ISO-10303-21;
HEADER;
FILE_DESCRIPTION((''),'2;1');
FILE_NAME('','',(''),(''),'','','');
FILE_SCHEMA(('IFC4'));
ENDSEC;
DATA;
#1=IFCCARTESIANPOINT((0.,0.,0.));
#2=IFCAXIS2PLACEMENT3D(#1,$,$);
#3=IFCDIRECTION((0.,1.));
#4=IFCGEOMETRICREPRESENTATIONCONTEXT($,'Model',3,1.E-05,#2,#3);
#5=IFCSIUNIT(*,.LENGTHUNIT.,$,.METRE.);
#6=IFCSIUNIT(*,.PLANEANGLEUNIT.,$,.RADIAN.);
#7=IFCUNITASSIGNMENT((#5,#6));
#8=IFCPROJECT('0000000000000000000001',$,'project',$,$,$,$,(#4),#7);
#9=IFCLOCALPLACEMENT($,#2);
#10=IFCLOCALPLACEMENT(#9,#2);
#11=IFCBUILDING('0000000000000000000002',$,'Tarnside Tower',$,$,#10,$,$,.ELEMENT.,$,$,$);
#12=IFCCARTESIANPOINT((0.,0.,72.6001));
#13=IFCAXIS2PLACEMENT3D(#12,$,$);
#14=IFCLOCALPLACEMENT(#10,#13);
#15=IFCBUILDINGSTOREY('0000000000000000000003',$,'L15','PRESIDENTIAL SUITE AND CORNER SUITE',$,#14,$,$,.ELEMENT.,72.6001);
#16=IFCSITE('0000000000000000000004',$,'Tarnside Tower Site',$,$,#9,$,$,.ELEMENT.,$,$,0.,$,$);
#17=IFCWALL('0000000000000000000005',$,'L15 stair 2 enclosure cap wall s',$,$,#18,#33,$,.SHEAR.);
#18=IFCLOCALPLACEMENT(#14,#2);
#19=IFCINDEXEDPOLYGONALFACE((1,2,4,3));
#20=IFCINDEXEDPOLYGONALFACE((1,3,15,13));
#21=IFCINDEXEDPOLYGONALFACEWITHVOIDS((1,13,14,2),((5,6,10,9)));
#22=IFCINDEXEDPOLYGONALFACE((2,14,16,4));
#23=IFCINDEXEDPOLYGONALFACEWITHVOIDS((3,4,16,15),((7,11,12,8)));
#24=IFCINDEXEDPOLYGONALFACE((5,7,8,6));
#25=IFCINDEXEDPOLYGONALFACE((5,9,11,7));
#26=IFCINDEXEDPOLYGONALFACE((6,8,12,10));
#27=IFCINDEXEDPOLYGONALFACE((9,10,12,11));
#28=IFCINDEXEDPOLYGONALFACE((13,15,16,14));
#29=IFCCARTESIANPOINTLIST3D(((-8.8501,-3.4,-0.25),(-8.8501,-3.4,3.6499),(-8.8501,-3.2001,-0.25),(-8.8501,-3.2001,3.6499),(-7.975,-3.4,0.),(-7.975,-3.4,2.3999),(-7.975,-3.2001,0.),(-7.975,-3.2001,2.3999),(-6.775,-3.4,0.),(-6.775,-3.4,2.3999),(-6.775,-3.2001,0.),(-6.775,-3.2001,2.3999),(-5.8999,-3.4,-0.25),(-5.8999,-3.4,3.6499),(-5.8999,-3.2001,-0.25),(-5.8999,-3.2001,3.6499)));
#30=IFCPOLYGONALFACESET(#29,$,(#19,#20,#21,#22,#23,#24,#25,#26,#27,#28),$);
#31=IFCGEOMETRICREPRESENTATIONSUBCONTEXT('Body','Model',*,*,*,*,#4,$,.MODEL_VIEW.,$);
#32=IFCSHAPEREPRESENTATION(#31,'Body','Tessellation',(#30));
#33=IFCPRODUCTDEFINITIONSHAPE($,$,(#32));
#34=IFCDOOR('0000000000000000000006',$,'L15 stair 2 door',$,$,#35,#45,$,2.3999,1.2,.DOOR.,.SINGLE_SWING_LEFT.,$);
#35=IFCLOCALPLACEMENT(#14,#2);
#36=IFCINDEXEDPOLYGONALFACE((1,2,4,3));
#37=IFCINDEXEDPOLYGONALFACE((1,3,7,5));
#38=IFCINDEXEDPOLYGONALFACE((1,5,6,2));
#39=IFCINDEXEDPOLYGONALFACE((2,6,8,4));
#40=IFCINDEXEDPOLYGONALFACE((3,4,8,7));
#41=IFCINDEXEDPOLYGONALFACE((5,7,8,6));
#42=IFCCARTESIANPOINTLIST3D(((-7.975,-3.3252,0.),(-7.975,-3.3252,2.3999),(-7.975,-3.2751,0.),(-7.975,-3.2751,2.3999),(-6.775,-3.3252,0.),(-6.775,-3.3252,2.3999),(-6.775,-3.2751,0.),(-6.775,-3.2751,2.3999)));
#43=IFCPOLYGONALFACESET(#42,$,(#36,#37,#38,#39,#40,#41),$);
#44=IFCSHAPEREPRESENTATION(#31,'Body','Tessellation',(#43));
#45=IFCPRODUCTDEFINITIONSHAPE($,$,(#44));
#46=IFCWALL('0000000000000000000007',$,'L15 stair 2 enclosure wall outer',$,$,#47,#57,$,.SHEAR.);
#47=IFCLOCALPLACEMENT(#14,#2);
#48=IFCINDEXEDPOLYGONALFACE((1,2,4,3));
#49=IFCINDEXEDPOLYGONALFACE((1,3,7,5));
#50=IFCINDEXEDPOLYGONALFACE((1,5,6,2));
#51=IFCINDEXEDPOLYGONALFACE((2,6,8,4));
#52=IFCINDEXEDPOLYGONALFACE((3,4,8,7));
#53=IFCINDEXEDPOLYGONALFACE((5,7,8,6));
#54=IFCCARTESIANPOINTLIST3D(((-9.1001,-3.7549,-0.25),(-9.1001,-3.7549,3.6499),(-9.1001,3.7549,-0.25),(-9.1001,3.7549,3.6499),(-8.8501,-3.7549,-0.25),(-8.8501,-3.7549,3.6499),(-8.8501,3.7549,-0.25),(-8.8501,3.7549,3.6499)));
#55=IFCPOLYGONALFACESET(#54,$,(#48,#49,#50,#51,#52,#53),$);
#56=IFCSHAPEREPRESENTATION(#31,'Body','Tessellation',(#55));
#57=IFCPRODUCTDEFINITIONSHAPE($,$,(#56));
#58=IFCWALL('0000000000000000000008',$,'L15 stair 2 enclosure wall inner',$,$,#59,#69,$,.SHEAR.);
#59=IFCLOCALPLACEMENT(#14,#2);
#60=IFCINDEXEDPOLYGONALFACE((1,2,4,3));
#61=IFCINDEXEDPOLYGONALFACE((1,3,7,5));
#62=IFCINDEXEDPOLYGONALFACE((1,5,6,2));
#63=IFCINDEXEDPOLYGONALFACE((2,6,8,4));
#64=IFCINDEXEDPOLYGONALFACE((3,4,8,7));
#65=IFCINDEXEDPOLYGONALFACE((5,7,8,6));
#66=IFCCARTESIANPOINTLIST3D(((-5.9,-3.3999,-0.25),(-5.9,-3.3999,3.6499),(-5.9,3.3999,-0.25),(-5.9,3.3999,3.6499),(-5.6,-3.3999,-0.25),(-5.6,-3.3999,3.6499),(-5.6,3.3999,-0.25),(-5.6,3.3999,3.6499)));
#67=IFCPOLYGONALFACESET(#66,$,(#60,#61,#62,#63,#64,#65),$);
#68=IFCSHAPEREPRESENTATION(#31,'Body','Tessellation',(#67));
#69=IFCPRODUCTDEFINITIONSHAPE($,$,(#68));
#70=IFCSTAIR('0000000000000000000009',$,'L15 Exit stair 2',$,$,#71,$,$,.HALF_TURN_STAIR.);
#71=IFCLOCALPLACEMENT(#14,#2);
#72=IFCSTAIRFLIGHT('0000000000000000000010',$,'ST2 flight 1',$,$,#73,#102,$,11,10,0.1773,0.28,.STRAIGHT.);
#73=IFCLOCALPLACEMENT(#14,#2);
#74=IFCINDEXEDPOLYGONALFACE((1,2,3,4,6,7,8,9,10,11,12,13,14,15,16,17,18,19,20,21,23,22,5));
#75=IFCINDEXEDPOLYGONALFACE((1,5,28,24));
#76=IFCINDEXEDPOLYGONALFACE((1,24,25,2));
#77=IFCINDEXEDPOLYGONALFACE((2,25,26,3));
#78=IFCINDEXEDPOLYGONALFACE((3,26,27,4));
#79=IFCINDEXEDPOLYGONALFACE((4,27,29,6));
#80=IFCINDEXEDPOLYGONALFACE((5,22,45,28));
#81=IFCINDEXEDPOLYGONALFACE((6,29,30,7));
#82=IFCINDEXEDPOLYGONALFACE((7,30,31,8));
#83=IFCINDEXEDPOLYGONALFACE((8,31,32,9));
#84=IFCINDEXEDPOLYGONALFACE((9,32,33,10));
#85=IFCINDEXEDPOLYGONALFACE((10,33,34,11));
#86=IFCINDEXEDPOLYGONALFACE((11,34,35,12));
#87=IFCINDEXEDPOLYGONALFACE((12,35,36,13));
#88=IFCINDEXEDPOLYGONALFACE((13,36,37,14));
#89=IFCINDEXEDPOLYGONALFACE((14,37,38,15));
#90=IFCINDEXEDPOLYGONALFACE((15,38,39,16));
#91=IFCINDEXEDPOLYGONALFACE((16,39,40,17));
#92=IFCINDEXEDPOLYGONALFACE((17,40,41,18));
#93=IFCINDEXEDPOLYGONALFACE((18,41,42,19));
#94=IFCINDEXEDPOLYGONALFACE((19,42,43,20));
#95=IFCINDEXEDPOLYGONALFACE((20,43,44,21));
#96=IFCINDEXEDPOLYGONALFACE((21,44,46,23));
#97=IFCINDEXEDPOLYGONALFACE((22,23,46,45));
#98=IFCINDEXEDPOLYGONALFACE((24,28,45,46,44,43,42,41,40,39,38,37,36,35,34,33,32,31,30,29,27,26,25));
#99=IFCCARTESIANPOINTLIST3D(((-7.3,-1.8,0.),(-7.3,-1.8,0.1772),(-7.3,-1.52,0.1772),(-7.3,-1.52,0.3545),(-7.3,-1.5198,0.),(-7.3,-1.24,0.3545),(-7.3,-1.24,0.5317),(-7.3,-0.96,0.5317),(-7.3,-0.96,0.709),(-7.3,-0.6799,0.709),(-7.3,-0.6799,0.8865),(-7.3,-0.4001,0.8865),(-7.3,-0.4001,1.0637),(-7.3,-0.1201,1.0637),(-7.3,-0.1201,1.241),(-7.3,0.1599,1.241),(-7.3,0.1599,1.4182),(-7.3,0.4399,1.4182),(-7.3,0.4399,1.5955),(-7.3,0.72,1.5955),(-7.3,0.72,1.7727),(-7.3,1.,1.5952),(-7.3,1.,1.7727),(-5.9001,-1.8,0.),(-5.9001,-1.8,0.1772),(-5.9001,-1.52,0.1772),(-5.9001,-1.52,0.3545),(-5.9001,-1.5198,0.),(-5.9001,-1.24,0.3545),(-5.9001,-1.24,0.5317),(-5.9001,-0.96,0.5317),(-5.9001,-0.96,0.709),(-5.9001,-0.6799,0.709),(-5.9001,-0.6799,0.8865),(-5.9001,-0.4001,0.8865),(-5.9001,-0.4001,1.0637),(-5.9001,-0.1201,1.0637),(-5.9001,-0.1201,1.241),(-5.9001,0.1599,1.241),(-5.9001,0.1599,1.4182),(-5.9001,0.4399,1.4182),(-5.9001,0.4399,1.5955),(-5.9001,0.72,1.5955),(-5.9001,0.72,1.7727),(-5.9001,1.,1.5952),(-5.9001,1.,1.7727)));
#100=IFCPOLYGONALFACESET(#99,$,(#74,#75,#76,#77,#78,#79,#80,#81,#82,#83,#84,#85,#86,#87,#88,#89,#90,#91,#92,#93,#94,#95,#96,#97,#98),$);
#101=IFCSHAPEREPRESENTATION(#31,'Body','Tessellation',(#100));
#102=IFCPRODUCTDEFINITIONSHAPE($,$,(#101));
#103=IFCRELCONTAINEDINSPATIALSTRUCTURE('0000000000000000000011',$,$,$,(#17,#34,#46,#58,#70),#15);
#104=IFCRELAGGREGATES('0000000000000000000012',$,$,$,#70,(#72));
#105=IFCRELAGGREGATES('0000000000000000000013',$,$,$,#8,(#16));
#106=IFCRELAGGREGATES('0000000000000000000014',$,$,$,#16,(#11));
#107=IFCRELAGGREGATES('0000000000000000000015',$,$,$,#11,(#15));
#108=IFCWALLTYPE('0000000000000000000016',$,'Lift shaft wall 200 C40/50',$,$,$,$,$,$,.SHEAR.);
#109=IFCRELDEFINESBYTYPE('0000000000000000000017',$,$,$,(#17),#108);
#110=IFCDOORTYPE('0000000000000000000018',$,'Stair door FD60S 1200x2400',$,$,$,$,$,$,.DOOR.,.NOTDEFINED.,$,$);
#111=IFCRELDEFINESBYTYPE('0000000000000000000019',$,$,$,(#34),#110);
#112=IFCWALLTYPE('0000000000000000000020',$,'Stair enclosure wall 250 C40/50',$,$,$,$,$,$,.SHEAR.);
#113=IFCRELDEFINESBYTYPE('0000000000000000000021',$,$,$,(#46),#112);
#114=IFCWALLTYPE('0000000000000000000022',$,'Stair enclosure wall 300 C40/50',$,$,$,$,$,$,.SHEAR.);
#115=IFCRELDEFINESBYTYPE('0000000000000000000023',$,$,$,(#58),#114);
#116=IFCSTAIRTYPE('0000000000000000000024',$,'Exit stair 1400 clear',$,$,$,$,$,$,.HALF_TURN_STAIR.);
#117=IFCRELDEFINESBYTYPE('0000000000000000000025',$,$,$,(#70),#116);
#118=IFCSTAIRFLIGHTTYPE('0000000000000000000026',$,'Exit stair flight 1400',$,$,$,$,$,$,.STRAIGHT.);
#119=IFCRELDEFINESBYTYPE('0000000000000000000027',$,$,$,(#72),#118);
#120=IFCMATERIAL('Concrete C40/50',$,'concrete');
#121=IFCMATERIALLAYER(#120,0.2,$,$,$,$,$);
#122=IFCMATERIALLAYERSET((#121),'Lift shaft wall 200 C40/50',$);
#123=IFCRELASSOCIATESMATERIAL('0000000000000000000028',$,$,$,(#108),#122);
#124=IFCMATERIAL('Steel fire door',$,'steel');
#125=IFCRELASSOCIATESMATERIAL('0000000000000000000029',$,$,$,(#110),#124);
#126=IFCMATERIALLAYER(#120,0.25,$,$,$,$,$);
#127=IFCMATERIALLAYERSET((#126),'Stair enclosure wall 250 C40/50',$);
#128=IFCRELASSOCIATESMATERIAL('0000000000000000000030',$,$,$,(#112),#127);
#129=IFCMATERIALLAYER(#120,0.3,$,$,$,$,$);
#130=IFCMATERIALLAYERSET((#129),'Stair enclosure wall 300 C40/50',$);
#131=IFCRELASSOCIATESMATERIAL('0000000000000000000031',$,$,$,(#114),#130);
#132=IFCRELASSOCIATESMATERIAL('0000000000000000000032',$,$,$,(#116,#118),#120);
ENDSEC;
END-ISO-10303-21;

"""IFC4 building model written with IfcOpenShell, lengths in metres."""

from ifc_helpers import new_model, si_unit, direction, frame, frame_2d, origin, place, context, subcontext, project, spatial, polyline, rectangle, outline, extrude, material, layer, layer_set, type_object, element, fill, aggregate, save


model = new_model("IFC4")

# Units and contexts
model_context = context("Model", 3, precision=1e-05, world=origin(), true_north=direction((0.0, 1.0)))
body_context = subcontext(model_context, "Body", "Model", "MODEL_VIEW")
ifc_project = project(units=[si_unit("LENGTHUNIT", "METRE"), si_unit("PLANEANGLEUNIT", "RADIAN")], contexts=[model_context])

# Site, building, storey
site_placement = place(None, origin())
site = spatial("IfcSite", under=ifc_project, at=site_placement, Name="Tarnside Tower Site", CompositionType="ELEMENT", RefElevation=0.0)
building_placement = place(site_placement, origin())
building = spatial("IfcBuilding", under=site, at=building_placement, Name="Tarnside Tower", CompositionType="ELEMENT")
storey_placement = place(building_placement, frame((0.0, 0.0, 72.6001)))
storey = spatial("IfcBuildingStorey", under=building, at=storey_placement, Name="L15", Description="PRESIDENTIAL SUITE AND CORNER SUITE", CompositionType="ELEMENT", Elevation=72.6001)

# Shared definitions
ifc_material_1 = material(Name="Steel fire door", Category="steel")

# Shared definitions
ifc_material_2 = material(Name="Concrete C40/50", Category="concrete")
ifc_layer_1 = layer(ifc_material_2, 0.2)
ifc_layer_set_1 = layer_set([ifc_layer_1], Name="Lift shaft wall 200 C40/50")
wall_type_1 = type_object("IfcWallType", Name="Lift shaft wall 200 C40/50", PredefinedType="SHEAR", material=ifc_layer_set_1)

# Wall, opening, door
wall_1_placement = place(storey_placement, frame((-8.8501, -3.3, -0.25), z_axis=(0.0, 0.0, 1.0), x_axis=(1.0, 0.0, 0.0)))
wall_1 = element("IfcWall", 1, at=wall_1_placement, inside=storey, type_object=wall_type_1, Name="L15 stair 2 enclosure cap wall s", PredefinedType="SHEAR", context=body_context, shape_type="SweptSolid", body=[
    extrude(rectangle(XDim=2.9502, YDim=0.2, at=frame_2d((1.4751, 0.0))), origin(), (0.0, 0.0, 1.0), 3.8999),
])
opening_1_placement = place(wall_1_placement, frame((0.875, 0.0, 0.25)))
opening_1 = element("IfcOpeningElement", 2, at=opening_1_placement, cuts=wall_1, PredefinedType="OPENING", context=body_context, shape_type="SweptSolid", body=[
    extrude(rectangle(XDim=1.2, YDim=2.3999, at=frame_2d((0.6001, 1.2))), frame((0.0, 0.1099, 0.0), z_axis=(0.0, -1.0, 0.0), x_axis=(1.0, 0.0, 0.0)), (0.0, 0.0, 1.0), 0.22),
])
door_type_1 = type_object("IfcDoorType", Name="Stair door FD60S 1200x2400", OperationType="NOTDEFINED", PredefinedType="DOOR", material=ifc_material_1)
door_1_placement = place(opening_1_placement, origin())
door_1 = element("IfcDoor", 3, at=door_1_placement, inside=storey, type_object=door_type_1, Name="L15 stair 2 door", OperationType="SINGLE_SWING_LEFT", OverallHeight=2.3999, OverallWidth=1.2, PredefinedType="DOOR", context=body_context, shape_type="SweptSolid", body=[
    extrude(rectangle(XDim=1.2, YDim=2.3999, at=frame_2d((0.6001, 1.2))), frame((0.0, 0.0249, 0.0), z_axis=(0.0, -1.0, 0.0), x_axis=(1.0, 0.0, 0.0)), (0.0, 0.0, 1.0), 0.05),
])
fill(opening_1, door_1)

# Walls
ifc_layer_2 = layer(ifc_material_2, 0.25)
ifc_layer_set_2 = layer_set([ifc_layer_2], Name="Stair enclosure wall 250 C40/50")
wall_type_2 = type_object("IfcWallType", Name="Stair enclosure wall 250 C40/50", PredefinedType="SHEAR", material=ifc_layer_set_2)
wall_2_placement = place(storey_placement, frame((-8.9751, -3.7549, -0.25), z_axis=(0.0, 0.0, 1.0), x_axis=(0.0, 1.0, 0.0)))
element("IfcWall", 4, at=wall_2_placement, inside=storey, type_object=wall_type_2, Name="L15 stair 2 enclosure wall outer", PredefinedType="SHEAR", context=body_context, shape_type="SweptSolid", body=[
    extrude(rectangle(XDim=7.5098, YDim=0.25, at=frame_2d((3.7549, 0.0))), origin(), (0.0, 0.0, 1.0), 3.8999),
])
ifc_layer_3 = layer(ifc_material_2, 0.3)
ifc_layer_set_3 = layer_set([ifc_layer_3], Name="Stair enclosure wall 300 C40/50")
wall_type_3 = type_object("IfcWallType", Name="Stair enclosure wall 300 C40/50", PredefinedType="SHEAR", material=ifc_layer_set_3)
wall_3_placement = place(storey_placement, frame((-5.75, -3.3999, -0.25), z_axis=(0.0, 0.0, 1.0), x_axis=(0.0, 1.0, 0.0)))
element("IfcWall", 5, at=wall_3_placement, inside=storey, type_object=wall_type_3, Name="L15 stair 2 enclosure wall inner", PredefinedType="SHEAR", context=body_context, shape_type="SweptSolid", body=[
    extrude(rectangle(XDim=6.7998, YDim=0.3, at=frame_2d((3.3999, 0.0))), origin(), (0.0, 0.0, 1.0), 3.8999),
])

# Stair, stair flight
stair_type = type_object("IfcStairType", Name="Exit stair 1400 clear", PredefinedType="HALF_TURN_STAIR", material=ifc_material_2)
stair_placement = place(storey_placement, origin())
stair = element("IfcStair", 6, at=stair_placement, inside=storey, type_object=stair_type, Name="L15 Exit stair 2", PredefinedType="HALF_TURN_STAIR")
stair_flight_type = type_object("IfcStairFlightType", Name="Exit stair flight 1400", PredefinedType="STRAIGHT", material=ifc_material_2)
stair_flight_placement = place(storey_placement, frame((-6.6001, -1.8, 0.0), z_axis=(0.0, 0.0, 1.0), x_axis=(0.0, 1.0, 0.0)))
stair_flight = element("IfcStairFlight", 7, at=stair_flight_placement, type_object=stair_flight_type, Name="ST2 flight 1", NumberOfRisers=11, NumberOfTreads=10, PredefinedType="STRAIGHT", RiserHeight=0.1773, TreadLength=0.28, context=body_context, shape_type="SweptSolid", body=[
    extrude(outline(polyline([(0.0, 0.0), (0.0, 0.1772), (0.28, 0.1772), (0.28, 0.3545), (0.5601, 0.3545), (0.5601, 0.5317), (0.8401, 0.5317), (0.8401, 0.709), (1.1201, 0.709), (1.1201, 0.8865), (1.3999, 0.8865), (1.3999, 1.0637), (1.6799, 1.0637), (1.6799, 1.241), (1.96, 1.241), (1.96, 1.4182), (2.24, 1.4182), (2.24, 1.5955), (2.52, 1.5955), (2.52, 1.7727), (2.8, 1.7727), (2.8, 1.95), (2.8, 1.5952), (0.2803, 0.0), (0.0, 0.0)])), frame((0.0, 0.7, 0.0), z_axis=(0.0, -1.0, 0.0), x_axis=(1.0, 0.0, 0.0)), (0.0, 0.0, 1.0), 1.3999),
])
aggregate(stair, [stair_flight])

save(model, "model.ifc")
